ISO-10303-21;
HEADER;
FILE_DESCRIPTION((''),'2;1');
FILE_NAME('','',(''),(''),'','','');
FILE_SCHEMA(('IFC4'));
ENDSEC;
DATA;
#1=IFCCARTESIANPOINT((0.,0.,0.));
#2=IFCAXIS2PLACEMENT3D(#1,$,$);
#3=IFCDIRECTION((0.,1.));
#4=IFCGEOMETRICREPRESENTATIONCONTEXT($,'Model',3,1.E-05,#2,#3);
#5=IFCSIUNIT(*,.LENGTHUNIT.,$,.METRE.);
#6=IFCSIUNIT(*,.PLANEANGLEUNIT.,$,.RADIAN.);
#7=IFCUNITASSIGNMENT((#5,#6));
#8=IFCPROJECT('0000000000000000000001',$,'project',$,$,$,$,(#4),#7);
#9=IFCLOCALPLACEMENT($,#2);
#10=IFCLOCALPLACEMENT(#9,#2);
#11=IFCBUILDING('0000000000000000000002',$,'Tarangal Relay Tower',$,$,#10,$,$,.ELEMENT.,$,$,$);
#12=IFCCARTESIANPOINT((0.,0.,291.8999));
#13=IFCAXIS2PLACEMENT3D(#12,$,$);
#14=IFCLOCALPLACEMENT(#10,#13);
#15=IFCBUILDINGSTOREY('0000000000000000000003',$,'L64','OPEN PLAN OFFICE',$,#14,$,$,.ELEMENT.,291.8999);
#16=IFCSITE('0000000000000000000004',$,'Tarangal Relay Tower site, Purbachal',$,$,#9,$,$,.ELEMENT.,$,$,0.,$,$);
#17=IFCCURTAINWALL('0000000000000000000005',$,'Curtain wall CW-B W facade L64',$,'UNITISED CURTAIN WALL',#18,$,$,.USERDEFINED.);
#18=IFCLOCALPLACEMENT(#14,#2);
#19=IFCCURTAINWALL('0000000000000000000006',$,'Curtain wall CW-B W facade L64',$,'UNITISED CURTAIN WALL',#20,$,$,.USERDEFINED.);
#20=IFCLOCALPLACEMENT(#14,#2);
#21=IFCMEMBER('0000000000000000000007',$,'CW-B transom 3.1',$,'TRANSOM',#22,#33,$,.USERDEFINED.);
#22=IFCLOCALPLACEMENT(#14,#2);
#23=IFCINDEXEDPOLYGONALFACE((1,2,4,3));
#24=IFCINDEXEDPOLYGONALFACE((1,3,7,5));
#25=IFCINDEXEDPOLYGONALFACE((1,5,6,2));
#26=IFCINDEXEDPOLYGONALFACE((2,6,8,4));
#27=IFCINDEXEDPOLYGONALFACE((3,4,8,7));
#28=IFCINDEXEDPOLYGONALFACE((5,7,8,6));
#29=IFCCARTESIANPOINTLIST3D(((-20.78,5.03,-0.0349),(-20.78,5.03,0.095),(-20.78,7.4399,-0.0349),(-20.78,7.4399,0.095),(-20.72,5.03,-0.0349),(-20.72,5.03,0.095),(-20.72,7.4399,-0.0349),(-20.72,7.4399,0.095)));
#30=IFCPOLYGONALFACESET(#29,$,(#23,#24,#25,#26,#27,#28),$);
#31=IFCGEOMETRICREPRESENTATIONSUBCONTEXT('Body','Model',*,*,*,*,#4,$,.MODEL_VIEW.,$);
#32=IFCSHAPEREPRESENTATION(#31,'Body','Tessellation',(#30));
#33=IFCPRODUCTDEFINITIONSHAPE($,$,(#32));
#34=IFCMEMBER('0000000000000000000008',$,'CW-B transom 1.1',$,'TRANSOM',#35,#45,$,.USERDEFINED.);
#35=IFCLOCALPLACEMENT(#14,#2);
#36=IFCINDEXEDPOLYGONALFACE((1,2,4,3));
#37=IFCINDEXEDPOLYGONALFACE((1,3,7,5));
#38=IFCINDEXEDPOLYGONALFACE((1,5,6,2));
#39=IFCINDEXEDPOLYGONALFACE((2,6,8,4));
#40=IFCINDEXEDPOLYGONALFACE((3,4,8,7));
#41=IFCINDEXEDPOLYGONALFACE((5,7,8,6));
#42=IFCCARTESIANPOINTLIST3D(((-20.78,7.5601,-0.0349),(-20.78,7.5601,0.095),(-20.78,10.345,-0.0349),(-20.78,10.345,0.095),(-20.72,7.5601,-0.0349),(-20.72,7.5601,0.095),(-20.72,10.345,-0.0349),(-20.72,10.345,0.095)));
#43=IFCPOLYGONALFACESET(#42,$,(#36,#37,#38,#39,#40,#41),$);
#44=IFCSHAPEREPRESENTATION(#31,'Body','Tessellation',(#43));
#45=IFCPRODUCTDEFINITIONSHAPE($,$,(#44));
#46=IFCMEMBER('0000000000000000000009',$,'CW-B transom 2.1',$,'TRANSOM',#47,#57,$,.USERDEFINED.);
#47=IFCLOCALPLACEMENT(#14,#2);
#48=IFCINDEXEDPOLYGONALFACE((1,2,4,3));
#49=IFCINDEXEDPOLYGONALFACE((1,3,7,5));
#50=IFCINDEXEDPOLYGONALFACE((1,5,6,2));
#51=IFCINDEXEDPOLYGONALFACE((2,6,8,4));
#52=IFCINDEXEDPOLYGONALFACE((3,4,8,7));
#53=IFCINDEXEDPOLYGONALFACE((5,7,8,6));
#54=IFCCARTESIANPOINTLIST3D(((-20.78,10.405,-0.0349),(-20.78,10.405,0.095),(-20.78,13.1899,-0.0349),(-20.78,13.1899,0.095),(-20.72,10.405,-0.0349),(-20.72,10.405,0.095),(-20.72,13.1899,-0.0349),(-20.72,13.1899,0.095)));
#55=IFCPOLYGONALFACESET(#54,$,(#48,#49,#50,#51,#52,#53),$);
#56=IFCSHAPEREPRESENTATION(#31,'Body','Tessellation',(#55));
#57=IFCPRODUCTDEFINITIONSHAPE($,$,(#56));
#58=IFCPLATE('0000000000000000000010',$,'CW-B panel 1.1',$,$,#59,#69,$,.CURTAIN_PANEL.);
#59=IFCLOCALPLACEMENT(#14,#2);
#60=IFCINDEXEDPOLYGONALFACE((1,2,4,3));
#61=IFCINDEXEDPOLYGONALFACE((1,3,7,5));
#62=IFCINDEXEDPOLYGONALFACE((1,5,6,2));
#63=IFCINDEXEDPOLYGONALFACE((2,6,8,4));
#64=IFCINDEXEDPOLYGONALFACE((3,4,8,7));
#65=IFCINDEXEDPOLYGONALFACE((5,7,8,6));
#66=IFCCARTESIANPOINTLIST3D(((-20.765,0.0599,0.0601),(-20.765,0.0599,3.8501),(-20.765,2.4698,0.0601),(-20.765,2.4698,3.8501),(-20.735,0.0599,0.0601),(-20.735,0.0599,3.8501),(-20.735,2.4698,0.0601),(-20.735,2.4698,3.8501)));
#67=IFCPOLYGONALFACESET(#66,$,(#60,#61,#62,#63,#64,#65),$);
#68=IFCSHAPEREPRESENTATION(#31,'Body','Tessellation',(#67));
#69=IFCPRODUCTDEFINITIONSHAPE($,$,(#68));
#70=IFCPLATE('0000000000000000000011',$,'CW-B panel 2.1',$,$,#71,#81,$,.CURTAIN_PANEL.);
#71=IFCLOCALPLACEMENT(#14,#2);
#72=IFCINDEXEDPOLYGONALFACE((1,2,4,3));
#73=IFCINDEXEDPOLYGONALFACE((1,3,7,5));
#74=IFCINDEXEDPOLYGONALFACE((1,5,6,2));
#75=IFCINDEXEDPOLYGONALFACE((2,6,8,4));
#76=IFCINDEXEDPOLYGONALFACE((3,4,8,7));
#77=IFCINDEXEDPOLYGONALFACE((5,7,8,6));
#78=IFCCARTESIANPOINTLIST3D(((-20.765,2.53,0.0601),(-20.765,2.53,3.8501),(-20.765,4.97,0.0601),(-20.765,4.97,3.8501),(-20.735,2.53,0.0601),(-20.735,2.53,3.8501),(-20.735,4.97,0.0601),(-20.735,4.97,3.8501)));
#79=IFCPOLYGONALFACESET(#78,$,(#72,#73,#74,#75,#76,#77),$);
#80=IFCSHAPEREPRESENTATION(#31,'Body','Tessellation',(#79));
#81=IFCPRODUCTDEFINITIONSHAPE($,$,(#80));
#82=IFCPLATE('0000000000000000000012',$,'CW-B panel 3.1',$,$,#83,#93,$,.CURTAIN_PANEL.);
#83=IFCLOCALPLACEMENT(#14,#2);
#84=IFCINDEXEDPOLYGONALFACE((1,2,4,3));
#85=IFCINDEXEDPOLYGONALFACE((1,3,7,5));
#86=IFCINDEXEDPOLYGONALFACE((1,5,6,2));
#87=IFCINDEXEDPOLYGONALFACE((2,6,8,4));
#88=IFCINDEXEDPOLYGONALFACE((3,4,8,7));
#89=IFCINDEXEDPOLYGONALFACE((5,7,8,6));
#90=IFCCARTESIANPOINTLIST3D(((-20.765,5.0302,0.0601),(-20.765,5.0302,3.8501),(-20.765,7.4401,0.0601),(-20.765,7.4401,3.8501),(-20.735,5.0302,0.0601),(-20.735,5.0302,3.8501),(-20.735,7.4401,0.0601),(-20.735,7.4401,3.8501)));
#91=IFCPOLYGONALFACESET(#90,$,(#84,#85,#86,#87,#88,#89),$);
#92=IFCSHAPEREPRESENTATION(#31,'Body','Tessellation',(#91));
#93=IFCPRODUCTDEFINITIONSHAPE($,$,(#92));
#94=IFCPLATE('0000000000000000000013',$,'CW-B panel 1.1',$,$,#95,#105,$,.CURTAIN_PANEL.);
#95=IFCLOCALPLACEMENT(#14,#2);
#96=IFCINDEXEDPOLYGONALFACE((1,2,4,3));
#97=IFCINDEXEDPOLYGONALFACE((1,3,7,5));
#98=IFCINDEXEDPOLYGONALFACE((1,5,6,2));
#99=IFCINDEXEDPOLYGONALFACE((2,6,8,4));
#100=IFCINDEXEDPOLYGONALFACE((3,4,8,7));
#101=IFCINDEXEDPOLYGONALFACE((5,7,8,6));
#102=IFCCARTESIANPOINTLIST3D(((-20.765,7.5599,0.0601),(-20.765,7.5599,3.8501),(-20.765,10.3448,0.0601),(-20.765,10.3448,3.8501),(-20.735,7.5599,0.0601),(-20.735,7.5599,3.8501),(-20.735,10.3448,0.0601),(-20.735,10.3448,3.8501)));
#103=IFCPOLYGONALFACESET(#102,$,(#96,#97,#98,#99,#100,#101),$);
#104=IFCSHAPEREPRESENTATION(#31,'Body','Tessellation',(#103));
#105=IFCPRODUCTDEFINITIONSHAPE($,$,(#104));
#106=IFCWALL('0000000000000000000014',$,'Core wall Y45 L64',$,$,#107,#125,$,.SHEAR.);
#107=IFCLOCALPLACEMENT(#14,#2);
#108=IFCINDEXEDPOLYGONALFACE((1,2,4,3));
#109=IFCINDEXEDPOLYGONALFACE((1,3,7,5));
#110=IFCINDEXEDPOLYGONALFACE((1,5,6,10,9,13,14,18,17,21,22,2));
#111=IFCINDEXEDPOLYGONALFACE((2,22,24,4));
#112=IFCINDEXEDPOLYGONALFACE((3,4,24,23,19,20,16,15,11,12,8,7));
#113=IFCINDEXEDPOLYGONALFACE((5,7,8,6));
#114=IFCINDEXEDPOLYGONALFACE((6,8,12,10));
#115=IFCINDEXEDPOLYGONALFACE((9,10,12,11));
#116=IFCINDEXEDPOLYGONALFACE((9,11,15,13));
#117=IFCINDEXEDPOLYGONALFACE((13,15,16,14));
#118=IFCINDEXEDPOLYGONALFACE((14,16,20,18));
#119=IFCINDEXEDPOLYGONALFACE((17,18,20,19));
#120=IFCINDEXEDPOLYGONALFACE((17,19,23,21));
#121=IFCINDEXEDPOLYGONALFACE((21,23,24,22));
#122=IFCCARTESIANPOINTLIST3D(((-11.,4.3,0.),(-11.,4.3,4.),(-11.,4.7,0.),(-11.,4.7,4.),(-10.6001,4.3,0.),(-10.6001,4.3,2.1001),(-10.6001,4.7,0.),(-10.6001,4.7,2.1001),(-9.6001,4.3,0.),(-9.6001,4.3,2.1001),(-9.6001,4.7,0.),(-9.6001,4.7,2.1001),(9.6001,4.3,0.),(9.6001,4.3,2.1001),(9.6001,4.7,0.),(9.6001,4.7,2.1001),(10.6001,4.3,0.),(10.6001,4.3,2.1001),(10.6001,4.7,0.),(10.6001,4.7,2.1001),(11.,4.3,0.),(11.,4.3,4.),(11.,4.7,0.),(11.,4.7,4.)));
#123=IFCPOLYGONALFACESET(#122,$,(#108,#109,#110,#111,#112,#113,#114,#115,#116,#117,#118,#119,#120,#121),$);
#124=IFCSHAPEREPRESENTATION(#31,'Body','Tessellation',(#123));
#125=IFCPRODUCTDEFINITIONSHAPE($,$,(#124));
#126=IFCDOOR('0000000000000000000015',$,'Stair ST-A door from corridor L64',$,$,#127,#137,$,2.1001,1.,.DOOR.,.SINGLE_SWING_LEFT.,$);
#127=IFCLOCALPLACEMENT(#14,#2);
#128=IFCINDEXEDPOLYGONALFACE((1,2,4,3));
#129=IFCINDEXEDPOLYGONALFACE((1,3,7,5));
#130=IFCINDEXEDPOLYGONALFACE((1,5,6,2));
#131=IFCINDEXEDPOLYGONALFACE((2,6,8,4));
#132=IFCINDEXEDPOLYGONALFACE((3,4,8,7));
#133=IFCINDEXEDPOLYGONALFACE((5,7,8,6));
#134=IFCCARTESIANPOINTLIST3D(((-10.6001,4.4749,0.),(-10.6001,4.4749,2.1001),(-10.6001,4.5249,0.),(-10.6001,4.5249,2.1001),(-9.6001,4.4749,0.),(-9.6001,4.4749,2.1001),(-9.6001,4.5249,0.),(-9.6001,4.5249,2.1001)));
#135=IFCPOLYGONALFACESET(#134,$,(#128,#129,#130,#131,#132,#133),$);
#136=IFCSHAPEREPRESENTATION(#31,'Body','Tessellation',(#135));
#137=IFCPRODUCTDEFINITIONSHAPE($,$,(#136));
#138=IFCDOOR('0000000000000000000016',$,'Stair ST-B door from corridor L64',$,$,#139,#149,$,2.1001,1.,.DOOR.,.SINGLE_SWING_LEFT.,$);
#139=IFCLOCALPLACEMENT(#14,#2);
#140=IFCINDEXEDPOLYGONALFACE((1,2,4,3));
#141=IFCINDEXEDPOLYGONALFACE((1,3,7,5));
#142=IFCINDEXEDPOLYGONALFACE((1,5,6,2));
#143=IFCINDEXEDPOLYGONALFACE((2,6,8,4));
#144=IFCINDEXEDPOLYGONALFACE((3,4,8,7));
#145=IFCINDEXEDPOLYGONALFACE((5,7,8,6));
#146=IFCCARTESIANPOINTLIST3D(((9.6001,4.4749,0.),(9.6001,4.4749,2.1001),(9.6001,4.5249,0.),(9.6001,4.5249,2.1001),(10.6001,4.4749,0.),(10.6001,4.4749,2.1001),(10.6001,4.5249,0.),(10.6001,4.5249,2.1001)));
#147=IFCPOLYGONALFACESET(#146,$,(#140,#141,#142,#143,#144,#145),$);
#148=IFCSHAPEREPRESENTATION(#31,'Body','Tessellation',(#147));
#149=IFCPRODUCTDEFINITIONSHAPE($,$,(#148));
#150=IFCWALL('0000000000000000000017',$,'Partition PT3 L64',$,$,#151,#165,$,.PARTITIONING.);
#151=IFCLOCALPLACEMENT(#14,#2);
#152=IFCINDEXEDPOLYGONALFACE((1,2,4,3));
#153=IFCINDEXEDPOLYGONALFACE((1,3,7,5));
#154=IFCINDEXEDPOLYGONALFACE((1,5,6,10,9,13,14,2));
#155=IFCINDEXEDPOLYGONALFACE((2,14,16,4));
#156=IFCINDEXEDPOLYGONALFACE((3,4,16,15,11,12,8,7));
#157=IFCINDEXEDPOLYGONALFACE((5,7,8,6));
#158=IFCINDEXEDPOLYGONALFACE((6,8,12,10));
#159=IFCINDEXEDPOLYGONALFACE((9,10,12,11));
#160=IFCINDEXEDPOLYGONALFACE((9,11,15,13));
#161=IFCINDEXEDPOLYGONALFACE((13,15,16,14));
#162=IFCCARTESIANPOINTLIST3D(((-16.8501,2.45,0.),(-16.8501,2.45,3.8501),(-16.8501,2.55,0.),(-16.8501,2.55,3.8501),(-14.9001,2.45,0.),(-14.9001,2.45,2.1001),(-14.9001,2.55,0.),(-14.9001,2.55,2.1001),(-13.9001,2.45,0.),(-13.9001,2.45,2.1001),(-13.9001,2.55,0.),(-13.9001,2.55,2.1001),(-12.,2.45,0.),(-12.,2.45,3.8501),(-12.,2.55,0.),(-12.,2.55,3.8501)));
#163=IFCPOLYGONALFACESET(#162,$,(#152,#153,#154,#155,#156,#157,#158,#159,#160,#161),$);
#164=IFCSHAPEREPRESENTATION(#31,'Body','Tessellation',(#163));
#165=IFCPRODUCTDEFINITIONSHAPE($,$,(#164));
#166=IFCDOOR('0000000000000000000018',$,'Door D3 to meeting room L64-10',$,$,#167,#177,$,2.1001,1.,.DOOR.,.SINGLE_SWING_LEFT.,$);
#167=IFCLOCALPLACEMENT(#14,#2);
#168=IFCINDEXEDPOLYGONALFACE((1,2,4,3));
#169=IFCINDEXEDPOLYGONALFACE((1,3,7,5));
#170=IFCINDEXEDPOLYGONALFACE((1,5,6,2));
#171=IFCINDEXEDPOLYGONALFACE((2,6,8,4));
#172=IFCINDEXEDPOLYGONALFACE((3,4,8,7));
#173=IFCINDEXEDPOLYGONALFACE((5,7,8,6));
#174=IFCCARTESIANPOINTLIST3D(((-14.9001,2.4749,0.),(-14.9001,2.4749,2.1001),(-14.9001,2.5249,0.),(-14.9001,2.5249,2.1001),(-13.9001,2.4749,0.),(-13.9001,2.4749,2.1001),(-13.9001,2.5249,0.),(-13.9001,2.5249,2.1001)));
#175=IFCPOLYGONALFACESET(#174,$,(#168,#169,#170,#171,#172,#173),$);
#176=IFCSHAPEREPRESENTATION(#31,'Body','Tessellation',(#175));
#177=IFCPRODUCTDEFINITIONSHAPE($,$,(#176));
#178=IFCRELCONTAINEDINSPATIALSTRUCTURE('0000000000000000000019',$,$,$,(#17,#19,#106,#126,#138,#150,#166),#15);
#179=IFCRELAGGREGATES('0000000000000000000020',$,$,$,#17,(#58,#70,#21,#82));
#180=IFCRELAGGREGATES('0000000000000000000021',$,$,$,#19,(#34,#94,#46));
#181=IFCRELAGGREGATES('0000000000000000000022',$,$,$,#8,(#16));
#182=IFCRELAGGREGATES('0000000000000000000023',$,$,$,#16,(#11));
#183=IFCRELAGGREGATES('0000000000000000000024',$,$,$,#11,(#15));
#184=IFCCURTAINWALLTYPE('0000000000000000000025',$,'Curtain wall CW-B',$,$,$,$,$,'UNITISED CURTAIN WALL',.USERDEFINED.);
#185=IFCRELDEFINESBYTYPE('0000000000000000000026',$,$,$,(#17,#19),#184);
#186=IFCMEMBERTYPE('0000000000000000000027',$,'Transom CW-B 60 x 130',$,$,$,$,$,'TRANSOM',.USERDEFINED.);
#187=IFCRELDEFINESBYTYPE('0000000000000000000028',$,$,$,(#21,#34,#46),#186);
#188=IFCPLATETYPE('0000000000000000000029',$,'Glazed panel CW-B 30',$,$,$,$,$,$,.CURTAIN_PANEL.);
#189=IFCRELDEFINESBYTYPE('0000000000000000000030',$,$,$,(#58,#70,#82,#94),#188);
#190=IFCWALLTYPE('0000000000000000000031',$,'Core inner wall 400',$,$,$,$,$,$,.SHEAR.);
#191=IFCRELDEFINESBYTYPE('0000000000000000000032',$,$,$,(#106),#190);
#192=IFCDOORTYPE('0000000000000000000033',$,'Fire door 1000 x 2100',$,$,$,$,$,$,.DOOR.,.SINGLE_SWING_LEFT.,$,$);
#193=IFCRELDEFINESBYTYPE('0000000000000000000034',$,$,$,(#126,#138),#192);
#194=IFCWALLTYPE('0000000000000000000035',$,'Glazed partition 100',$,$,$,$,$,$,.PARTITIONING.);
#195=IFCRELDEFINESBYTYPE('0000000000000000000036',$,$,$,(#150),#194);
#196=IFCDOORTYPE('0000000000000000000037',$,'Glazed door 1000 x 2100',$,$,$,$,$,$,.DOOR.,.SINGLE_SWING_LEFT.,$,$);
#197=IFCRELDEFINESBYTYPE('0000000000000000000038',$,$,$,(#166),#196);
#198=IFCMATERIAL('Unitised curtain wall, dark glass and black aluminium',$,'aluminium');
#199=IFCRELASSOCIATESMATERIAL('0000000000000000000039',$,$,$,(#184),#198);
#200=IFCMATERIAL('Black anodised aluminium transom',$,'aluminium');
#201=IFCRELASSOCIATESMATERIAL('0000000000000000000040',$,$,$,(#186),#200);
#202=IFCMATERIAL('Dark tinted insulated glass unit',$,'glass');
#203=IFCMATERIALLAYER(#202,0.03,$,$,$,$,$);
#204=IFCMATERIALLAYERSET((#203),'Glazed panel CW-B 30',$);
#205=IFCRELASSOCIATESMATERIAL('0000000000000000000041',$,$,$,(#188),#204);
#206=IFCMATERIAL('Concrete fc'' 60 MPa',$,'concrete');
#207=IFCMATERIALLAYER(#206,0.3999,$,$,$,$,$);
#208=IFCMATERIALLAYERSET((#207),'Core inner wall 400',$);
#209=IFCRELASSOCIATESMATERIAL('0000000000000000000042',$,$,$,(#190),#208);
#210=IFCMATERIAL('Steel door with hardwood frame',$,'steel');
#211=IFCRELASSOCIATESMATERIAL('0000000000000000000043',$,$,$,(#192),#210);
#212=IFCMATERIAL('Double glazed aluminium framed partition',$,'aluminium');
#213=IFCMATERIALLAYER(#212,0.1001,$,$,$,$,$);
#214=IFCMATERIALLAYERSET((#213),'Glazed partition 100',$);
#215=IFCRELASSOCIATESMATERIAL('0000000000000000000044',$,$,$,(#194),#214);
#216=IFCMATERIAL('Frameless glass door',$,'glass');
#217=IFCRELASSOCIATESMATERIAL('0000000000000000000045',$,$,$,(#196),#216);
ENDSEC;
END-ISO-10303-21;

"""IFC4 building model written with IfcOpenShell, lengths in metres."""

from ifc_helpers import new_model, si_unit, direction, frame, frame_2d, origin, origin_2d, place, context, subcontext, project, spatial, rectangle, extrude, material, layer, layer_set, material_profile, profile_set, type_object, element, fill, aggregate, save


model = new_model("IFC4")

# Units and contexts
model_context = context("Model", 3, precision=1e-05, world=origin(), true_north=direction((0.0, 1.0)))
body_context = subcontext(model_context, "Body", "Model", "MODEL_VIEW")
ifc_project = project(units=[si_unit("LENGTHUNIT", "METRE"), si_unit("PLANEANGLEUNIT", "RADIAN")], contexts=[model_context])

# Site, building, storey
site_placement = place(None, origin())
site = spatial("IfcSite", under=ifc_project, at=site_placement, Name="Tarangal Relay Tower site, Purbachal", CompositionType="ELEMENT", RefElevation=0.0)
building_placement = place(site_placement, origin())
building = spatial("IfcBuilding", under=site, at=building_placement, Name="Tarangal Relay Tower", CompositionType="ELEMENT")
storey_placement = place(building_placement, frame((0.0, 0.0, 291.8999)))
storey = spatial("IfcBuildingStorey", under=building, at=storey_placement, Name="L64", Description="OPEN PLAN OFFICE", CompositionType="ELEMENT", Elevation=291.8999)

# Curtain walls
ifc_material_1 = material(Name="Unitised curtain wall, dark glass and black aluminium", Category="aluminium")
curtain_wall_type = type_object("IfcCurtainWallType", Name="Curtain wall CW-B", ElementType="UNITISED CURTAIN WALL", PredefinedType="USERDEFINED", material=ifc_material_1)
curtain_wall_1_placement = place(storey_placement, origin())
curtain_wall_1 = element("IfcCurtainWall", 1, at=curtain_wall_1_placement, inside=storey, type_object=curtain_wall_type, Name="Curtain wall CW-B W facade L64", ObjectType="UNITISED CURTAIN WALL", PredefinedType="USERDEFINED")
curtain_wall_2_placement = place(storey_placement, origin())
curtain_wall_2 = element("IfcCurtainWall", 2, at=curtain_wall_2_placement, inside=storey, type_object=curtain_wall_type, Name="Curtain wall CW-B W facade L64", ObjectType="UNITISED CURTAIN WALL", PredefinedType="USERDEFINED")

# Members
ifc_material_2 = material(Name="Black anodised aluminium transom", Category="aluminium")
ifc_material_profile_1 = material_profile(ifc_material_2, rectangle(XDim=0.0601, YDim=0.1299, at=origin_2d()), Name="CW-BT 60X130")
ifc_profile_set_1 = profile_set([ifc_material_profile_1], Name="Black anodised aluminium transom")
member_type_1 = type_object("IfcMemberType", Name="Transom CW-B 60 x 130", ElementType="TRANSOM", PredefinedType="USERDEFINED", material=ifc_profile_set_1)
member_1_placement = place(storey_placement, frame((-20.75, 5.03, 0.03), z_axis=(0.0, 1.0, 0.0), x_axis=(-1.0, 0.0, 0.0)))
member_1 = element("IfcMember", 3, at=member_1_placement, type_object=member_type_1, Name="CW-B transom 3.1", ObjectType="TRANSOM", PredefinedType="USERDEFINED", context=body_context, shape_type="SweptSolid", body=[
    extrude(rectangle(XDim=0.0601, YDim=0.1299, at=origin_2d()), origin(), (0.0, 0.0, 1.0), 2.4099),
])
member_2_placement = place(storey_placement, frame((-20.75, 7.5601, 0.03), z_axis=(0.0, 1.0, 0.0), x_axis=(-1.0, 0.0, 0.0)))
member_2 = element("IfcMember", 4, at=member_2_placement, type_object=member_type_1, Name="CW-B transom 1.1", ObjectType="TRANSOM", PredefinedType="USERDEFINED", context=body_context, shape_type="SweptSolid", body=[
    extrude(rectangle(XDim=0.0601, YDim=0.1299, at=origin_2d()), origin(), (0.0, 0.0, 1.0), 2.7849),
])
member_3_placement = place(storey_placement, frame((-20.75, 10.405, 0.03), z_axis=(0.0, 1.0, 0.0), x_axis=(-1.0, 0.0, 0.0)))
member_3 = element("IfcMember", 5, at=member_3_placement, type_object=member_type_1, Name="CW-B transom 2.1", ObjectType="TRANSOM", PredefinedType="USERDEFINED", context=body_context, shape_type="SweptSolid", body=[
    extrude(rectangle(XDim=0.0601, YDim=0.1299, at=origin_2d()), origin(), (0.0, 0.0, 1.0), 2.7849),
])

# Plates
ifc_material_3 = material(Name="Dark tinted insulated glass unit", Category="glass")
ifc_layer_1 = layer(ifc_material_3, 0.03)
ifc_layer_set_1 = layer_set([ifc_layer_1], Name="Glazed panel CW-B 30")
plate_type = type_object("IfcPlateType", Name="Glazed panel CW-B 30", PredefinedType="CURTAIN_PANEL", material=ifc_layer_set_1)
plate_1_placement = place(storey_placement, frame((-20.75, 1.2649, 0.0601), z_axis=(0.0, 0.0, 1.0), x_axis=(0.0, 1.0, 0.0)))
plate_1 = element("IfcPlate", 6, at=plate_1_placement, type_object=plate_type, Name="CW-B panel 1.1", PredefinedType="CURTAIN_PANEL", context=body_context, shape_type="SweptSolid", body=[
    extrude(rectangle(XDim=2.4099, YDim=0.03, at=origin_2d()), origin(), (0.0, 0.0, 1.0), 3.79),
])
plate_2_placement = place(storey_placement, frame((-20.75, 3.75, 0.0601), z_axis=(0.0, 0.0, 1.0), x_axis=(0.0, 1.0, 0.0)))
plate_2 = element("IfcPlate", 7, at=plate_2_placement, type_object=plate_type, Name="CW-B panel 2.1", PredefinedType="CURTAIN_PANEL", context=body_context, shape_type="SweptSolid", body=[
    extrude(rectangle(XDim=2.4399, YDim=0.03, at=origin_2d()), origin(), (0.0, 0.0, 1.0), 3.79),
])
plate_3_placement = place(storey_placement, frame((-20.75, 6.2351, 0.0601), z_axis=(0.0, 0.0, 1.0), x_axis=(0.0, 1.0, 0.0)))
plate_3 = element("IfcPlate", 8, at=plate_3_placement, type_object=plate_type, Name="CW-B panel 3.1", PredefinedType="CURTAIN_PANEL", context=body_context, shape_type="SweptSolid", body=[
    extrude(rectangle(XDim=2.4099, YDim=0.03, at=origin_2d()), origin(), (0.0, 0.0, 1.0), 3.79),
])
aggregate(curtain_wall_1, [plate_1, plate_2, member_1, plate_3])
plate_4_placement = place(storey_placement, frame((-20.75, 8.9524, 0.0601), z_axis=(0.0, 0.0, 1.0), x_axis=(0.0, 1.0, 0.0)))
plate_4 = element("IfcPlate", 9, at=plate_4_placement, type_object=plate_type, Name="CW-B panel 1.1", PredefinedType="CURTAIN_PANEL", context=body_context, shape_type="SweptSolid", body=[
    extrude(rectangle(XDim=2.7849, YDim=0.03, at=origin_2d()), origin(), (0.0, 0.0, 1.0), 3.79),
])
aggregate(curtain_wall_2, [member_2, plate_4, member_3])

# Wall, openings, doors
ifc_material_4 = material(Name="Concrete fc' 60 MPa", Category="concrete")
ifc_layer_2 = layer(ifc_material_4, 0.3999)
ifc_layer_set_2 = layer_set([ifc_layer_2], Name="Core inner wall 400")
wall_type_1 = type_object("IfcWallType", Name="Core inner wall 400", PredefinedType="SHEAR", material=ifc_layer_set_2)
wall_1_placement = place(storey_placement, frame((-11.0, 4.5, 0.0), z_axis=(0.0, 0.0, 1.0), x_axis=(1.0, 0.0, 0.0)))
wall_1 = element("IfcWall", 10, at=wall_1_placement, inside=storey, type_object=wall_type_1, Name="Core wall Y45 L64", PredefinedType="SHEAR", context=body_context, shape_type="SweptSolid", body=[
    extrude(rectangle(XDim=22.0, YDim=0.3999, at=frame_2d((11.0, 0.0))), origin(), (0.0, 0.0, 1.0), 4.0),
])
opening_1_placement = place(wall_1_placement, frame((0.3999, 0.0, 0.0)))
opening_1 = element("IfcOpeningElement", 11, at=opening_1_placement, cuts=wall_1, PredefinedType="OPENING", context=body_context, shape_type="SweptSolid", body=[
    extrude(rectangle(XDim=1.0, YDim=2.1001, at=frame_2d((0.5, 1.05))), frame((0.0, 0.21, 0.0), z_axis=(0.0, -1.0, 0.0), x_axis=(1.0, 0.0, 0.0)), (0.0, 0.0, 1.0), 0.4199),
])
opening_2_placement = place(wall_1_placement, frame((20.6001, 0.0, 0.0)))
opening_2 = element("IfcOpeningElement", 12, at=opening_2_placement, cuts=wall_1, PredefinedType="OPENING", context=body_context, shape_type="SweptSolid", body=[
    extrude(rectangle(XDim=1.0, YDim=2.1001, at=frame_2d((0.5, 1.05))), frame((0.0, 0.21, 0.0), z_axis=(0.0, -1.0, 0.0), x_axis=(1.0, 0.0, 0.0)), (0.0, 0.0, 1.0), 0.4199),
])
ifc_material_5 = material(Name="Steel door with hardwood frame", Category="steel")
door_type_1 = type_object("IfcDoorType", Name="Fire door 1000 x 2100", OperationType="SINGLE_SWING_LEFT", PredefinedType="DOOR", material=ifc_material_5)
door_1_placement = place(opening_1_placement, origin())
door_1 = element("IfcDoor", 13, at=door_1_placement, inside=storey, type_object=door_type_1, Name="Stair ST-A door from corridor L64", OperationType="SINGLE_SWING_LEFT", OverallHeight=2.1001, OverallWidth=1.0, PredefinedType="DOOR", context=body_context, shape_type="SweptSolid", body=[
    extrude(rectangle(XDim=1.0, YDim=2.1001, at=frame_2d((0.5, 1.05))), frame((0.0, 0.0249, 0.0), z_axis=(0.0, -1.0, 0.0), x_axis=(1.0, 0.0, 0.0)), (0.0, 0.0, 1.0), 0.05),
])
fill(opening_1, door_1)
door_2_placement = place(opening_2_placement, origin())
door_2 = element("IfcDoor", 14, at=door_2_placement, inside=storey, type_object=door_type_1, Name="Stair ST-B door from corridor L64", OperationType="SINGLE_SWING_LEFT", OverallHeight=2.1001, OverallWidth=1.0, PredefinedType="DOOR", context=body_context, shape_type="SweptSolid", body=[
    extrude(rectangle(XDim=1.0, YDim=2.1001, at=frame_2d((0.5, 1.05))), frame((0.0, 0.0249, 0.0), z_axis=(0.0, -1.0, 0.0), x_axis=(1.0, 0.0, 0.0)), (0.0, 0.0, 1.0), 0.05),
])
fill(opening_2, door_2)

# Wall, opening, door
ifc_material_6 = material(Name="Double glazed aluminium framed partition", Category="aluminium")
ifc_layer_3 = layer(ifc_material_6, 0.1001)
ifc_layer_set_3 = layer_set([ifc_layer_3], Name="Glazed partition 100")
wall_type_2 = type_object("IfcWallType", Name="Glazed partition 100", PredefinedType="PARTITIONING", material=ifc_layer_set_3)
wall_2_placement = place(storey_placement, frame((-16.8501, 2.5, 0.0), z_axis=(0.0, 0.0, 1.0), x_axis=(1.0, 0.0, 0.0)))
wall_2 = element("IfcWall", 15, at=wall_2_placement, inside=storey, type_object=wall_type_2, Name="Partition PT3 L64", PredefinedType="PARTITIONING", context=body_context, shape_type="SweptSolid", body=[
    extrude(rectangle(XDim=4.8501, YDim=0.1001, at=frame_2d((2.425, 0.0))), origin(), (0.0, 0.0, 1.0), 3.8501),
])
opening_3_placement = place(wall_2_placement, frame((1.95, 0.0, 0.0)))
opening_3 = element("IfcOpeningElement", 16, at=opening_3_placement, cuts=wall_2, PredefinedType="OPENING", context=body_context, shape_type="SweptSolid", body=[
    extrude(rectangle(XDim=1.0, YDim=2.1001, at=frame_2d((0.5, 1.05))), frame((0.0, 0.0601, 0.0), z_axis=(0.0, -1.0, 0.0), x_axis=(1.0, 0.0, 0.0)), (0.0, 0.0, 1.0), 0.1201),
])
ifc_material_7 = material(Name="Frameless glass door", Category="glass")
door_type_2 = type_object("IfcDoorType", Name="Glazed door 1000 x 2100", OperationType="SINGLE_SWING_LEFT", PredefinedType="DOOR", material=ifc_material_7)
door_3_placement = place(opening_3_placement, origin())
door_3 = element("IfcDoor", 17, at=door_3_placement, inside=storey, type_object=door_type_2, Name="Door D3 to meeting room L64-10", OperationType="SINGLE_SWING_LEFT", OverallHeight=2.1001, OverallWidth=1.0, PredefinedType="DOOR", context=body_context, shape_type="SweptSolid", body=[
    extrude(rectangle(XDim=1.0, YDim=2.1001, at=frame_2d((0.5, 1.05))), frame((0.0, 0.0249, 0.0), z_axis=(0.0, -1.0, 0.0), x_axis=(1.0, 0.0, 0.0)), (0.0, 0.0, 1.0), 0.05),
])
fill(opening_3, door_3)

save(model, "model.ifc")
